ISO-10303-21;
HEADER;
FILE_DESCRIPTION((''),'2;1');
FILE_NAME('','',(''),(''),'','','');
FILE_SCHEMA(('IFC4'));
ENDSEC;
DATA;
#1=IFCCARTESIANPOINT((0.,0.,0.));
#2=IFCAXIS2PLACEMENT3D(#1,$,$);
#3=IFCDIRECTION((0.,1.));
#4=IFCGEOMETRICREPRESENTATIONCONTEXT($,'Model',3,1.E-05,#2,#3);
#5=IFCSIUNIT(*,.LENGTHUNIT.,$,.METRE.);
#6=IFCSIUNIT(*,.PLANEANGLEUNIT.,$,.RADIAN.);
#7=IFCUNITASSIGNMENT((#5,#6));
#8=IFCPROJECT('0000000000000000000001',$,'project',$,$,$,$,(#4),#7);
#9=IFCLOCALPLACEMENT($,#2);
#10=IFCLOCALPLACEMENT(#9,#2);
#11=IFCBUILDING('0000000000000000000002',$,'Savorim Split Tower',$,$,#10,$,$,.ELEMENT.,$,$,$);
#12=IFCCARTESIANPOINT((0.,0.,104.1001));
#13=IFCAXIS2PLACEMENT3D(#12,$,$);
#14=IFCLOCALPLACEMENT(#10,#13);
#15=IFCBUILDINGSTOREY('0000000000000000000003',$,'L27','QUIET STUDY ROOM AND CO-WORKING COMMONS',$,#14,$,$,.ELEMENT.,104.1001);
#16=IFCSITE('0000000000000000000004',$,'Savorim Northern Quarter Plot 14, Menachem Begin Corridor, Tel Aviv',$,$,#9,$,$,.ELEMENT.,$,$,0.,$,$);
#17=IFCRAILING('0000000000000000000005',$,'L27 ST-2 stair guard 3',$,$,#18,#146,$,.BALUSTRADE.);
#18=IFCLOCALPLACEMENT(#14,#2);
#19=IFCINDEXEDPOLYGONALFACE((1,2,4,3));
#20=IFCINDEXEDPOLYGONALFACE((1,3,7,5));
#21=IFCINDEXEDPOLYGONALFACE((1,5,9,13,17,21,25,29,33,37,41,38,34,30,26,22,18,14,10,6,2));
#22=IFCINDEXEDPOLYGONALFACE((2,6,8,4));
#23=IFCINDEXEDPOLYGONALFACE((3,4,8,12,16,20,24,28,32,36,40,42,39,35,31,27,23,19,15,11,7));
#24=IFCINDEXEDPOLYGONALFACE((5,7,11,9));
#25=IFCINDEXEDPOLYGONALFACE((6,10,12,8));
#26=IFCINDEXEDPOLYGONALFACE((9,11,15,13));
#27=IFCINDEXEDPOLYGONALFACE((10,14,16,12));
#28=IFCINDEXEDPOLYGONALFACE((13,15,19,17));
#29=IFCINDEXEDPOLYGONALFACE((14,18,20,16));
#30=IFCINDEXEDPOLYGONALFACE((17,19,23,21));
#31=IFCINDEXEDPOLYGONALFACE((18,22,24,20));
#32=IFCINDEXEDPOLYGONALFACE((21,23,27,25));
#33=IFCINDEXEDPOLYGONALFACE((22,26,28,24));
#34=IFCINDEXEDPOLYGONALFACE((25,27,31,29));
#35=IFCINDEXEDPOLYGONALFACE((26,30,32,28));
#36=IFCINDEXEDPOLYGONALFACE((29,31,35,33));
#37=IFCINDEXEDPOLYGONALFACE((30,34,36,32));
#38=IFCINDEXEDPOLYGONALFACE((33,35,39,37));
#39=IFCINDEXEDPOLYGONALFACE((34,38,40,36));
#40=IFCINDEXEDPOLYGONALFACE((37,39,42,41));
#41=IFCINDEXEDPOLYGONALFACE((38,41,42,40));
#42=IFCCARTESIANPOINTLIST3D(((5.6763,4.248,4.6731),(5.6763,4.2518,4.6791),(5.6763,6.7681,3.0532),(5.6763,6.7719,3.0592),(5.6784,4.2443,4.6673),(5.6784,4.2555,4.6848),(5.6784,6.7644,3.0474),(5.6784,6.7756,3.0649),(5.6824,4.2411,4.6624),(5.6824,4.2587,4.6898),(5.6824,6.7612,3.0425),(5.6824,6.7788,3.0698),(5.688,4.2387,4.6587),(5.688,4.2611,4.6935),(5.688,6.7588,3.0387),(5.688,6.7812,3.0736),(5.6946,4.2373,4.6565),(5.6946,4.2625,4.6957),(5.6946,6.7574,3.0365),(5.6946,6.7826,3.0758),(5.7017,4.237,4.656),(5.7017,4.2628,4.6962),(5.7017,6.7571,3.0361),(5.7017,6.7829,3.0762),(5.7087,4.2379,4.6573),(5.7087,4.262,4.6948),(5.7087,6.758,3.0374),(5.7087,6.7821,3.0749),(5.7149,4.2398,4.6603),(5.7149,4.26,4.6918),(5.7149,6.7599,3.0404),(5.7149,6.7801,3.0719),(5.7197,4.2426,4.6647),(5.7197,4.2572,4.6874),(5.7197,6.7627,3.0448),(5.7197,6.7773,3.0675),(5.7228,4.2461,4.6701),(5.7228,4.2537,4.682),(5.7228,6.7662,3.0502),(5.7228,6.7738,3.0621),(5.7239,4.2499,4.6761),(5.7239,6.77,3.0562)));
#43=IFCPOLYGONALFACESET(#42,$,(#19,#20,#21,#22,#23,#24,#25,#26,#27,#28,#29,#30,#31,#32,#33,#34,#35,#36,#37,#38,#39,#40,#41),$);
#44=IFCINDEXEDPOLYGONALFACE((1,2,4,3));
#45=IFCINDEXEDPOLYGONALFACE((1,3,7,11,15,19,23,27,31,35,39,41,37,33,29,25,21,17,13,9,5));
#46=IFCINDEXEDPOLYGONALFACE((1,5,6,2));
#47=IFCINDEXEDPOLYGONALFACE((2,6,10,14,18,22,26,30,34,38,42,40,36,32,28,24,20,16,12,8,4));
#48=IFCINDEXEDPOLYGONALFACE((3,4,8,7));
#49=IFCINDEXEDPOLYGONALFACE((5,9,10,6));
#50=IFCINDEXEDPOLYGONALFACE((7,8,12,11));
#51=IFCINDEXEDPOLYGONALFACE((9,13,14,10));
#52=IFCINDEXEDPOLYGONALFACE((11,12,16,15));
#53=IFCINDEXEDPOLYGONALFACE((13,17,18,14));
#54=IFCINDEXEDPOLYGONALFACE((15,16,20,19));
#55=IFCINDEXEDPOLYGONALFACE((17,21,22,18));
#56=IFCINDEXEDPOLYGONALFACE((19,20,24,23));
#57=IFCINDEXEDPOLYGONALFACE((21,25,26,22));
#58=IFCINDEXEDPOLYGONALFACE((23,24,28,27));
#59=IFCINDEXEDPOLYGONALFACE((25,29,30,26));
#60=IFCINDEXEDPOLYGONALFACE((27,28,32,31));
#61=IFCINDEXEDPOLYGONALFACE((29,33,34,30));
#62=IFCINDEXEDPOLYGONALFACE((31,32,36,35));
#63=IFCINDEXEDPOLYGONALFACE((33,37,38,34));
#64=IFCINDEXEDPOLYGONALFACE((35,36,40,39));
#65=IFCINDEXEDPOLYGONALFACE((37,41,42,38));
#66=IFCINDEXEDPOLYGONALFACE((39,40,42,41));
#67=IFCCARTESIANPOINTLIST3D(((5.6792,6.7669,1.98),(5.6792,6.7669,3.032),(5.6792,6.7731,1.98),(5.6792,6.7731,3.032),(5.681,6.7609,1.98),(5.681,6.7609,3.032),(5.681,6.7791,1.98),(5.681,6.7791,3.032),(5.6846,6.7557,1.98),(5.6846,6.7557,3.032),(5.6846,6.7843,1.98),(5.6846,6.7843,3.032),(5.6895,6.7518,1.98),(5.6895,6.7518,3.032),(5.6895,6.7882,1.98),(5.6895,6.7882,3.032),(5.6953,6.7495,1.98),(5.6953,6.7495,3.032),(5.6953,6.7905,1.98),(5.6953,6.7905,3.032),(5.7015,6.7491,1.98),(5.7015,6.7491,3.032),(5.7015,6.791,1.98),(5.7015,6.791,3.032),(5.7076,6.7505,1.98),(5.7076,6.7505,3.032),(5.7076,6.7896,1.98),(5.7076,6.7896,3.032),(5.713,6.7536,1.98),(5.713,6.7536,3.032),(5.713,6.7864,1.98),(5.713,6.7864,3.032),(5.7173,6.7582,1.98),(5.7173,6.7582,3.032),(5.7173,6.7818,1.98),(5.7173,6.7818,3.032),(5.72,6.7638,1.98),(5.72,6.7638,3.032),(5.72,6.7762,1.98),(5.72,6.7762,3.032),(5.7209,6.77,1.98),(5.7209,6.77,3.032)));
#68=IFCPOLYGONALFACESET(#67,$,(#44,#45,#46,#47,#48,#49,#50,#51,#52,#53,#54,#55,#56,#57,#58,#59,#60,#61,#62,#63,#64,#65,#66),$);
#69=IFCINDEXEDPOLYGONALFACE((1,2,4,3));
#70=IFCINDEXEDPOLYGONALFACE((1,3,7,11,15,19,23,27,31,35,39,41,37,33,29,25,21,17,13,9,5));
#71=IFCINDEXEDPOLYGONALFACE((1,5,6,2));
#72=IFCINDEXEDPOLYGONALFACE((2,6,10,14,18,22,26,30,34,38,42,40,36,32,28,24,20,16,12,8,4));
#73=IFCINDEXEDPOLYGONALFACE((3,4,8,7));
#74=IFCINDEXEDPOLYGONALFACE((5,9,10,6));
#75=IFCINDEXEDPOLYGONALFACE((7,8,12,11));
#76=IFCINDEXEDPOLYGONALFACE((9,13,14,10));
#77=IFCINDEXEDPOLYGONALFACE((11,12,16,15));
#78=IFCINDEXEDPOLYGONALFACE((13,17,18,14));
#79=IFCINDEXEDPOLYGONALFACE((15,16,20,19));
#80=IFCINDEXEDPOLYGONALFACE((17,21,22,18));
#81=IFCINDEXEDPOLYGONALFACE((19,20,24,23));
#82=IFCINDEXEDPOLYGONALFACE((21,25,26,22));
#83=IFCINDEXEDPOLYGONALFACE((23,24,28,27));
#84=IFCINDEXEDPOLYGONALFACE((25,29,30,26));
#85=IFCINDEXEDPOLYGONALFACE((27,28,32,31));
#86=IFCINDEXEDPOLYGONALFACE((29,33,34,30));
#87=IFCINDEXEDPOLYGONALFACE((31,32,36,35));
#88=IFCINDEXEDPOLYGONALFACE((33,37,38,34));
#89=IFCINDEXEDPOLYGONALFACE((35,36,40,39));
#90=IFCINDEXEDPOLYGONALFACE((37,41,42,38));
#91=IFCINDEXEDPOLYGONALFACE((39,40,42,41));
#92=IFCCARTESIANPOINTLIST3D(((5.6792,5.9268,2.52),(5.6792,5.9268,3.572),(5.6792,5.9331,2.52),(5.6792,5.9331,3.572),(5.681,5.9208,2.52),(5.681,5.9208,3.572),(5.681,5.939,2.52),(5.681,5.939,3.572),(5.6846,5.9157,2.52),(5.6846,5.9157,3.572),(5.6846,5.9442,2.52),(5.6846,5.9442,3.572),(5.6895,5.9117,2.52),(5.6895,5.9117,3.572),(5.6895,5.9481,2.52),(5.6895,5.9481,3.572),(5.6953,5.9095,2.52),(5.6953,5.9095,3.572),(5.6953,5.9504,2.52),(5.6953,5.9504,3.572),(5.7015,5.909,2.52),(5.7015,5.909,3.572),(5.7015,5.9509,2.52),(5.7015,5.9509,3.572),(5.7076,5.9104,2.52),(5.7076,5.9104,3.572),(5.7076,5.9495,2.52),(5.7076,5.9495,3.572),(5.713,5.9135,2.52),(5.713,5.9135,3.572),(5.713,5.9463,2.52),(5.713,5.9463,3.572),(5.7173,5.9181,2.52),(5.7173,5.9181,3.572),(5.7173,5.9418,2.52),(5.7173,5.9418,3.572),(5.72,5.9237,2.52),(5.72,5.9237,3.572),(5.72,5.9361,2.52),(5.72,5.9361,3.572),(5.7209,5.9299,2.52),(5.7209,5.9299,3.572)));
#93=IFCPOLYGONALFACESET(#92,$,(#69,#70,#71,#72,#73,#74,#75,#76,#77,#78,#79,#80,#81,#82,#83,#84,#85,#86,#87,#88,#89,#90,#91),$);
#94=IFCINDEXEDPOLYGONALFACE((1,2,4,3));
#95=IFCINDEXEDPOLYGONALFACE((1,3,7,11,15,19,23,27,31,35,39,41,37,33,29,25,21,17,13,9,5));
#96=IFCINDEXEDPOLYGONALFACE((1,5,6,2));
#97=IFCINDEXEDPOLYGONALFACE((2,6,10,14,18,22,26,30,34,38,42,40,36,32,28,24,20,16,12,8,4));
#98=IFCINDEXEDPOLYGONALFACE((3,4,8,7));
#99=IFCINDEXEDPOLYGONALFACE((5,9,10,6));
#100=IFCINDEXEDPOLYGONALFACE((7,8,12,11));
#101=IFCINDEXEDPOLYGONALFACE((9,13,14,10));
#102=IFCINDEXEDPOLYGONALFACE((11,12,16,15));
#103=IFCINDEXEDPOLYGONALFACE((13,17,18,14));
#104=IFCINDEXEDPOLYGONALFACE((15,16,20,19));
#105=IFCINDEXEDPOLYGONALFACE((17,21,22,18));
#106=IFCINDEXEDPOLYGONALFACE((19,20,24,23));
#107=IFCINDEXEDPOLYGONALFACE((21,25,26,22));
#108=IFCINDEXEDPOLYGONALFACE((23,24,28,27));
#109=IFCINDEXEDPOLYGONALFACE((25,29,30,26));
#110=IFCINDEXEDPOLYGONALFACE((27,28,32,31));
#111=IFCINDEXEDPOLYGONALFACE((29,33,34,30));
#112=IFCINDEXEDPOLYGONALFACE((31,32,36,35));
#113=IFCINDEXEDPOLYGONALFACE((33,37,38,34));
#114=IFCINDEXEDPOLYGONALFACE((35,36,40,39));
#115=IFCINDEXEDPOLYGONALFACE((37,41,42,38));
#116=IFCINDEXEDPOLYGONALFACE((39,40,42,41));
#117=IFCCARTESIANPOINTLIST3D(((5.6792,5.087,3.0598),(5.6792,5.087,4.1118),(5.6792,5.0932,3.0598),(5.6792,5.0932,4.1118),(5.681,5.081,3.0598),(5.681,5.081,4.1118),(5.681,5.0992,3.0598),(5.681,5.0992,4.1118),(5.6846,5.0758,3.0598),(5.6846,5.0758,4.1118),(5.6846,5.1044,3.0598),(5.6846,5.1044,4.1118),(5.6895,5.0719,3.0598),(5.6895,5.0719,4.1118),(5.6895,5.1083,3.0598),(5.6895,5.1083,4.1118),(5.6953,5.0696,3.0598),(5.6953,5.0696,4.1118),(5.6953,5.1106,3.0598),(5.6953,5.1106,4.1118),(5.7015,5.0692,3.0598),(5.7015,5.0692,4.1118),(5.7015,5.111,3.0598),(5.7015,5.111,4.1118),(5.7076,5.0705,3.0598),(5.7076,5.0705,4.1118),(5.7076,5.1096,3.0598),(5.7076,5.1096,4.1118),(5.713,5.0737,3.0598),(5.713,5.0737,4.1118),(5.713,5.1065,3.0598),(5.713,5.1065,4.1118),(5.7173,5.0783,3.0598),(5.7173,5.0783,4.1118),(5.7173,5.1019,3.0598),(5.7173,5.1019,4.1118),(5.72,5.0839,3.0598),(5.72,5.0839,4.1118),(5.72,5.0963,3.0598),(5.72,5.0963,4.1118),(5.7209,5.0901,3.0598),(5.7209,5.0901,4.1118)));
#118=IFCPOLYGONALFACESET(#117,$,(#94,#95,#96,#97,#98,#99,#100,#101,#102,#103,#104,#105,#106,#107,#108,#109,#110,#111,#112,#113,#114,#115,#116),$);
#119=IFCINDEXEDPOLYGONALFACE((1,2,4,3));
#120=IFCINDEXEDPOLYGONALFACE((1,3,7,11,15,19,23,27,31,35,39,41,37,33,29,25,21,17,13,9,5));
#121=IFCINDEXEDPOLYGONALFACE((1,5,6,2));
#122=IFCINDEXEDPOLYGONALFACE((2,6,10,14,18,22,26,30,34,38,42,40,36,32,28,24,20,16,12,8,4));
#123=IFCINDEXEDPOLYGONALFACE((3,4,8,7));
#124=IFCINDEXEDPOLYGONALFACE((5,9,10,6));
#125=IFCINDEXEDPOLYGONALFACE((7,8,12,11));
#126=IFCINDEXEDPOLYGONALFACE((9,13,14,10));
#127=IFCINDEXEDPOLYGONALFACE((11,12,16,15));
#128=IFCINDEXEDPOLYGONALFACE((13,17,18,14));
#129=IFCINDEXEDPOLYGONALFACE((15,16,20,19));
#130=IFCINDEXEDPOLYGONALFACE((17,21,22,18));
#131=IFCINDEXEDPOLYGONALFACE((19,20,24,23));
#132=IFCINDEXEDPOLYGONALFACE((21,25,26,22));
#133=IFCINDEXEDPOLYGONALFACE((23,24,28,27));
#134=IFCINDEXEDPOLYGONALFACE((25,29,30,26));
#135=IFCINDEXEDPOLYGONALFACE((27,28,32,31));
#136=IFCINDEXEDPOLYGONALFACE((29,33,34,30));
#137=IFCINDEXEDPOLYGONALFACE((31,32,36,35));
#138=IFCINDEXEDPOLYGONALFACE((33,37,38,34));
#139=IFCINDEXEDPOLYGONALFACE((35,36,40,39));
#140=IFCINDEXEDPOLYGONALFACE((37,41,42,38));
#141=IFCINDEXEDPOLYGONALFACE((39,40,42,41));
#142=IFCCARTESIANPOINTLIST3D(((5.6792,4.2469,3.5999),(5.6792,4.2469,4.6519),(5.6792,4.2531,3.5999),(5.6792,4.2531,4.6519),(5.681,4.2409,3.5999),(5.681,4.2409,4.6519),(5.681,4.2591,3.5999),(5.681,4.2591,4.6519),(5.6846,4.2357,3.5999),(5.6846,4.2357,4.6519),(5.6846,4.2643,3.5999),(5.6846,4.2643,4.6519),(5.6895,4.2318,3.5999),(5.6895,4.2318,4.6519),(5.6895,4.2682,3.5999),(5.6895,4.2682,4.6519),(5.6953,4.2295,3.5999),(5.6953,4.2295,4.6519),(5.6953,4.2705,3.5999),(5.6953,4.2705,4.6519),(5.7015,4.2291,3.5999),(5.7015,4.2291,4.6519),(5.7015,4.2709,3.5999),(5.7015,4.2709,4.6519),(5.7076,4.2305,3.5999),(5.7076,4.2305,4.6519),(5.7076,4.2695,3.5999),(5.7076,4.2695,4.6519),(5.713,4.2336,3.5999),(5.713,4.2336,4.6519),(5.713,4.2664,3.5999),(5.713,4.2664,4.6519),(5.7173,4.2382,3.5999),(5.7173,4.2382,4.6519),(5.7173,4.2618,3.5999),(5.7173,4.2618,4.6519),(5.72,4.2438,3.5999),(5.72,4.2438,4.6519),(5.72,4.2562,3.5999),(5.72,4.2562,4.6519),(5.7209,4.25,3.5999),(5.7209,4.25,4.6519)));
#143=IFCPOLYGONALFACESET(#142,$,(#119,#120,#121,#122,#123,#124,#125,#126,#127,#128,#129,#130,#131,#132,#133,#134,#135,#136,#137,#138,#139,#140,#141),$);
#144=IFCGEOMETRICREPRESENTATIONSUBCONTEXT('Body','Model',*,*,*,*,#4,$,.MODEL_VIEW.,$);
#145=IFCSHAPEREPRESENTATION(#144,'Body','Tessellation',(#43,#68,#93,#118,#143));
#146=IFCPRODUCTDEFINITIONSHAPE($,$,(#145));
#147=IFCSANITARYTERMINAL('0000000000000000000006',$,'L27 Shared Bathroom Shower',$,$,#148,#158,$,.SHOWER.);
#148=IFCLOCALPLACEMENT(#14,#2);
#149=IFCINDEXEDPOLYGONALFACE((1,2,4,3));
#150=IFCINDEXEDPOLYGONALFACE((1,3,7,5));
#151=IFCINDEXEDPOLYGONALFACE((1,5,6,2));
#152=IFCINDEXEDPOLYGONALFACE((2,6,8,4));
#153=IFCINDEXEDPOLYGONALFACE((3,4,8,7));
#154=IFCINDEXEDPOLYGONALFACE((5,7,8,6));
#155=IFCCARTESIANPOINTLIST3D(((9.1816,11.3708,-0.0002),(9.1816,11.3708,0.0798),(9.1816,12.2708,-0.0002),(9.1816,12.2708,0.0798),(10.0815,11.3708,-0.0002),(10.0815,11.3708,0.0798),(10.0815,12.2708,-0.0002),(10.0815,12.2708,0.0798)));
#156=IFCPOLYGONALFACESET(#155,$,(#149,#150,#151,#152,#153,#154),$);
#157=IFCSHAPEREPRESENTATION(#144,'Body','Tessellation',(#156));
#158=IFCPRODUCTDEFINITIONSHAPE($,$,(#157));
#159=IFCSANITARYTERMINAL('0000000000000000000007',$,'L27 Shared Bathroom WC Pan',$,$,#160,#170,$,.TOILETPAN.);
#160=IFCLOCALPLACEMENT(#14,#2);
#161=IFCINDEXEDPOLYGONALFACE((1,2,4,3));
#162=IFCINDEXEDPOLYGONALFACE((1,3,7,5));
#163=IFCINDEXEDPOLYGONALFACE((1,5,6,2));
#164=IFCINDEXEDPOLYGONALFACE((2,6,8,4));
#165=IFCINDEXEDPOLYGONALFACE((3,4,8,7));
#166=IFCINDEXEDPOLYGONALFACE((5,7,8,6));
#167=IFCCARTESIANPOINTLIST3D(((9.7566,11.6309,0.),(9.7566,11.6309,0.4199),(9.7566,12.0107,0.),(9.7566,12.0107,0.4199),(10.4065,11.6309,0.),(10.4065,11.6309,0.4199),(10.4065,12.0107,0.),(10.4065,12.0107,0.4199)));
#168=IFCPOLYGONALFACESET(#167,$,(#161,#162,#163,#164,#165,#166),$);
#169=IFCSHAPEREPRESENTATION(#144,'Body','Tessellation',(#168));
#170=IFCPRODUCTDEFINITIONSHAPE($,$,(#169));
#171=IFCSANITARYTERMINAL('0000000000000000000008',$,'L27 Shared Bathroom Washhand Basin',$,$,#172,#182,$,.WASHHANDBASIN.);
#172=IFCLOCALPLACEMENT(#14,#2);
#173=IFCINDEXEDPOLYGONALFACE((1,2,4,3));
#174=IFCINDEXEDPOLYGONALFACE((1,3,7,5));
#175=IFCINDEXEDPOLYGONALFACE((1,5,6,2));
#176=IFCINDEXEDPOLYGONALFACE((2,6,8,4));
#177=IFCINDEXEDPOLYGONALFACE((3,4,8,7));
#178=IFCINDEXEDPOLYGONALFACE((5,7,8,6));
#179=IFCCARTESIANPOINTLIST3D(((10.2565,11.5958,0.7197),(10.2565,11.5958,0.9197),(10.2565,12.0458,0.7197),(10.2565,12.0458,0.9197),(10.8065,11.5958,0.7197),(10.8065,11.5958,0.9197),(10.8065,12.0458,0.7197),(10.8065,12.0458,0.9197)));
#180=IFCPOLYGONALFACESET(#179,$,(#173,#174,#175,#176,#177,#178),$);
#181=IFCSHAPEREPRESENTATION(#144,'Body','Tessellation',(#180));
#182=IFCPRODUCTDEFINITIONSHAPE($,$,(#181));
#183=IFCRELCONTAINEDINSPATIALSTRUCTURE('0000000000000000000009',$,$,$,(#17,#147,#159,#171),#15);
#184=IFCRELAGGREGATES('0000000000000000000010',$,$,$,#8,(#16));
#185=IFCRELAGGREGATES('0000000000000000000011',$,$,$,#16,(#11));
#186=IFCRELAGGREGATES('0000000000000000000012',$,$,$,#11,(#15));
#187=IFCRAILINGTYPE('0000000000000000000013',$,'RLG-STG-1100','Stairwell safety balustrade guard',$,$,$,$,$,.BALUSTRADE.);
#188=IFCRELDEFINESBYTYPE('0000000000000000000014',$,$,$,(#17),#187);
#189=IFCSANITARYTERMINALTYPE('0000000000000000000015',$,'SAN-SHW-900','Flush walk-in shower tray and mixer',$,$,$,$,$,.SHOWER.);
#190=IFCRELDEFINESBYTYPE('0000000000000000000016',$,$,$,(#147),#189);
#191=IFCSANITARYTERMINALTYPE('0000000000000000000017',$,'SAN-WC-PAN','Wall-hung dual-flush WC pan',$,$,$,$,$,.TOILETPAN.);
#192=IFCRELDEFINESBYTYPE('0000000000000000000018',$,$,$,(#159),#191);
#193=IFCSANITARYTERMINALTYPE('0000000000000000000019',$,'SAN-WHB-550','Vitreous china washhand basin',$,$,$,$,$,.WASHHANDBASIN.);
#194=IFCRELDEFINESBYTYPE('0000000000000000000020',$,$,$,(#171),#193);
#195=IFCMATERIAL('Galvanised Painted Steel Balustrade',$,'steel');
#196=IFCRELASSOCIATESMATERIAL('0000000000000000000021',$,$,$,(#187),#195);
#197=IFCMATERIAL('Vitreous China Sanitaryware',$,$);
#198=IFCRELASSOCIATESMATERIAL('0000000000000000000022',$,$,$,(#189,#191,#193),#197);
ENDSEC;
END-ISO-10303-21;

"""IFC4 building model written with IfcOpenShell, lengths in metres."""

from ifc_helpers import new_model, si_unit, direction, frame, origin, origin_2d, place, context, subcontext, project, spatial, rectangle, circle, extrude, material, type_object, element, save


model = new_model("IFC4")

# Units and contexts
model_context = context("Model", 3, precision=1e-05, world=origin(), true_north=direction((0.0, 1.0)))
body_context = subcontext(model_context, "Body", "Model", "MODEL_VIEW")
ifc_project = project(units=[si_unit("LENGTHUNIT", "METRE"), si_unit("PLANEANGLEUNIT", "RADIAN")], contexts=[model_context])

# Site, building, storey
site_placement = place(None, origin())
site = spatial("IfcSite", under=ifc_project, at=site_placement, Name="Savorim Northern Quarter Plot 14, Menachem Begin Corridor, Tel Aviv", CompositionType="ELEMENT", RefElevation=0.0)
building_placement = place(site_placement, origin())
building = spatial("IfcBuilding", under=site, at=building_placement, Name="Savorim Split Tower", CompositionType="ELEMENT")
storey_placement = place(building_placement, frame((0.0, 0.0, 104.1001)))
storey = spatial("IfcBuildingStorey", under=building, at=storey_placement, Name="L27", Description="QUIET STUDY ROOM AND CO-WORKING COMMONS", CompositionType="ELEMENT", Elevation=104.1001)

# Railing
ifc_material_1 = material(Name="Galvanised Painted Steel Balustrade", Category="steel")
railing_type = type_object("IfcRailingType", Name="RLG-STG-1100", Description="Stairwell safety balustrade guard", PredefinedType="BALUSTRADE", material=ifc_material_1)
railing_1_placement = place(storey_placement, frame((5.7, 6.77, 1.98)))
element("IfcRailing", 1, at=railing_1_placement, inside=storey, type_object=railing_type, Name="L27 ST-2 stair guard 3", PredefinedType="BALUSTRADE", context=body_context, shape_type="SweptSolid", body=[
    extrude(circle(Radius=0.0239, at=origin_2d()), frame((0.0, 0.0, 1.0762), z_axis=(0.0, -0.8412, 0.540725), x_axis=(1.0, 0.0, 0.0)), (0.0, 0.0, 1.0), 2.9958),
    extrude(circle(Radius=0.021, at=origin_2d()), origin(), (0.0, 0.0, 1.0), 1.052),
    extrude(circle(Radius=0.021, at=origin_2d()), frame((0.0, -0.8401, 0.54)), (0.0, 0.0, 1.0), 1.052),
    extrude(circle(Radius=0.021, at=origin_2d()), frame((0.0, -1.6799, 1.0798)), (0.0, 0.0, 1.0), 1.052),
    extrude(circle(Radius=0.021, at=origin_2d()), frame((0.0, -2.52, 1.6199)), (0.0, 0.0, 1.0), 1.052),
])

# Sanitary terminals
ifc_material_2 = material(Name="Vitreous China Sanitaryware")
sanitary_terminal_type_1 = type_object("IfcSanitaryTerminalType", Name="SAN-SHW-900", Description="Flush walk-in shower tray and mixer", PredefinedType="SHOWER", material=ifc_material_2)
sanitary_terminal_1_placement = place(storey_placement, frame((9.6316, 11.8208, -0.0002), z_axis=(0.0, 0.0, 1.0), x_axis=(1.0, 0.0, 0.0)))
element("IfcSanitaryTerminal", 2, at=sanitary_terminal_1_placement, inside=storey, type_object=sanitary_terminal_type_1, Name="L27 Shared Bathroom Shower", PredefinedType="SHOWER", context=body_context, shape_type="SweptSolid", body=[
    extrude(rectangle(XDim=0.8999, YDim=0.8999, at=origin_2d()), origin(), (0.0, 0.0, 1.0), 0.0801),
])
sanitary_terminal_type_2 = type_object("IfcSanitaryTerminalType", Name="SAN-WC-PAN", Description="Wall-hung dual-flush WC pan", PredefinedType="TOILETPAN", material=ifc_material_2)
sanitary_terminal_2_placement = place(storey_placement, frame((10.0815, 11.8208, 0.0), z_axis=(0.0, 0.0, 1.0), x_axis=(1.0, 0.0, 0.0)))
element("IfcSanitaryTerminal", 3, at=sanitary_terminal_2_placement, inside=storey, type_object=sanitary_terminal_type_2, Name="L27 Shared Bathroom WC Pan", PredefinedType="TOILETPAN", context=body_context, shape_type="SweptSolid", body=[
    extrude(rectangle(XDim=0.6499, YDim=0.3799, at=origin_2d()), origin(), (0.0, 0.0, 1.0), 0.4199),
])
sanitary_terminal_type_3 = type_object("IfcSanitaryTerminalType", Name="SAN-WHB-550", Description="Vitreous china washhand basin", PredefinedType="WASHHANDBASIN", material=ifc_material_2)
sanitary_terminal_3_placement = place(storey_placement, frame((10.5315, 11.8208, 0.7197), z_axis=(0.0, 0.0, 1.0), x_axis=(1.0, 0.0, 0.0)))
element("IfcSanitaryTerminal", 4, at=sanitary_terminal_3_placement, inside=storey, type_object=sanitary_terminal_type_3, Name="L27 Shared Bathroom Washhand Basin", PredefinedType="WASHHANDBASIN", context=body_context, shape_type="SweptSolid", body=[
    extrude(rectangle(XDim=0.55, YDim=0.45, at=origin_2d()), origin(), (0.0, 0.0, 1.0), 0.2),
])

save(model, "model.ifc")
